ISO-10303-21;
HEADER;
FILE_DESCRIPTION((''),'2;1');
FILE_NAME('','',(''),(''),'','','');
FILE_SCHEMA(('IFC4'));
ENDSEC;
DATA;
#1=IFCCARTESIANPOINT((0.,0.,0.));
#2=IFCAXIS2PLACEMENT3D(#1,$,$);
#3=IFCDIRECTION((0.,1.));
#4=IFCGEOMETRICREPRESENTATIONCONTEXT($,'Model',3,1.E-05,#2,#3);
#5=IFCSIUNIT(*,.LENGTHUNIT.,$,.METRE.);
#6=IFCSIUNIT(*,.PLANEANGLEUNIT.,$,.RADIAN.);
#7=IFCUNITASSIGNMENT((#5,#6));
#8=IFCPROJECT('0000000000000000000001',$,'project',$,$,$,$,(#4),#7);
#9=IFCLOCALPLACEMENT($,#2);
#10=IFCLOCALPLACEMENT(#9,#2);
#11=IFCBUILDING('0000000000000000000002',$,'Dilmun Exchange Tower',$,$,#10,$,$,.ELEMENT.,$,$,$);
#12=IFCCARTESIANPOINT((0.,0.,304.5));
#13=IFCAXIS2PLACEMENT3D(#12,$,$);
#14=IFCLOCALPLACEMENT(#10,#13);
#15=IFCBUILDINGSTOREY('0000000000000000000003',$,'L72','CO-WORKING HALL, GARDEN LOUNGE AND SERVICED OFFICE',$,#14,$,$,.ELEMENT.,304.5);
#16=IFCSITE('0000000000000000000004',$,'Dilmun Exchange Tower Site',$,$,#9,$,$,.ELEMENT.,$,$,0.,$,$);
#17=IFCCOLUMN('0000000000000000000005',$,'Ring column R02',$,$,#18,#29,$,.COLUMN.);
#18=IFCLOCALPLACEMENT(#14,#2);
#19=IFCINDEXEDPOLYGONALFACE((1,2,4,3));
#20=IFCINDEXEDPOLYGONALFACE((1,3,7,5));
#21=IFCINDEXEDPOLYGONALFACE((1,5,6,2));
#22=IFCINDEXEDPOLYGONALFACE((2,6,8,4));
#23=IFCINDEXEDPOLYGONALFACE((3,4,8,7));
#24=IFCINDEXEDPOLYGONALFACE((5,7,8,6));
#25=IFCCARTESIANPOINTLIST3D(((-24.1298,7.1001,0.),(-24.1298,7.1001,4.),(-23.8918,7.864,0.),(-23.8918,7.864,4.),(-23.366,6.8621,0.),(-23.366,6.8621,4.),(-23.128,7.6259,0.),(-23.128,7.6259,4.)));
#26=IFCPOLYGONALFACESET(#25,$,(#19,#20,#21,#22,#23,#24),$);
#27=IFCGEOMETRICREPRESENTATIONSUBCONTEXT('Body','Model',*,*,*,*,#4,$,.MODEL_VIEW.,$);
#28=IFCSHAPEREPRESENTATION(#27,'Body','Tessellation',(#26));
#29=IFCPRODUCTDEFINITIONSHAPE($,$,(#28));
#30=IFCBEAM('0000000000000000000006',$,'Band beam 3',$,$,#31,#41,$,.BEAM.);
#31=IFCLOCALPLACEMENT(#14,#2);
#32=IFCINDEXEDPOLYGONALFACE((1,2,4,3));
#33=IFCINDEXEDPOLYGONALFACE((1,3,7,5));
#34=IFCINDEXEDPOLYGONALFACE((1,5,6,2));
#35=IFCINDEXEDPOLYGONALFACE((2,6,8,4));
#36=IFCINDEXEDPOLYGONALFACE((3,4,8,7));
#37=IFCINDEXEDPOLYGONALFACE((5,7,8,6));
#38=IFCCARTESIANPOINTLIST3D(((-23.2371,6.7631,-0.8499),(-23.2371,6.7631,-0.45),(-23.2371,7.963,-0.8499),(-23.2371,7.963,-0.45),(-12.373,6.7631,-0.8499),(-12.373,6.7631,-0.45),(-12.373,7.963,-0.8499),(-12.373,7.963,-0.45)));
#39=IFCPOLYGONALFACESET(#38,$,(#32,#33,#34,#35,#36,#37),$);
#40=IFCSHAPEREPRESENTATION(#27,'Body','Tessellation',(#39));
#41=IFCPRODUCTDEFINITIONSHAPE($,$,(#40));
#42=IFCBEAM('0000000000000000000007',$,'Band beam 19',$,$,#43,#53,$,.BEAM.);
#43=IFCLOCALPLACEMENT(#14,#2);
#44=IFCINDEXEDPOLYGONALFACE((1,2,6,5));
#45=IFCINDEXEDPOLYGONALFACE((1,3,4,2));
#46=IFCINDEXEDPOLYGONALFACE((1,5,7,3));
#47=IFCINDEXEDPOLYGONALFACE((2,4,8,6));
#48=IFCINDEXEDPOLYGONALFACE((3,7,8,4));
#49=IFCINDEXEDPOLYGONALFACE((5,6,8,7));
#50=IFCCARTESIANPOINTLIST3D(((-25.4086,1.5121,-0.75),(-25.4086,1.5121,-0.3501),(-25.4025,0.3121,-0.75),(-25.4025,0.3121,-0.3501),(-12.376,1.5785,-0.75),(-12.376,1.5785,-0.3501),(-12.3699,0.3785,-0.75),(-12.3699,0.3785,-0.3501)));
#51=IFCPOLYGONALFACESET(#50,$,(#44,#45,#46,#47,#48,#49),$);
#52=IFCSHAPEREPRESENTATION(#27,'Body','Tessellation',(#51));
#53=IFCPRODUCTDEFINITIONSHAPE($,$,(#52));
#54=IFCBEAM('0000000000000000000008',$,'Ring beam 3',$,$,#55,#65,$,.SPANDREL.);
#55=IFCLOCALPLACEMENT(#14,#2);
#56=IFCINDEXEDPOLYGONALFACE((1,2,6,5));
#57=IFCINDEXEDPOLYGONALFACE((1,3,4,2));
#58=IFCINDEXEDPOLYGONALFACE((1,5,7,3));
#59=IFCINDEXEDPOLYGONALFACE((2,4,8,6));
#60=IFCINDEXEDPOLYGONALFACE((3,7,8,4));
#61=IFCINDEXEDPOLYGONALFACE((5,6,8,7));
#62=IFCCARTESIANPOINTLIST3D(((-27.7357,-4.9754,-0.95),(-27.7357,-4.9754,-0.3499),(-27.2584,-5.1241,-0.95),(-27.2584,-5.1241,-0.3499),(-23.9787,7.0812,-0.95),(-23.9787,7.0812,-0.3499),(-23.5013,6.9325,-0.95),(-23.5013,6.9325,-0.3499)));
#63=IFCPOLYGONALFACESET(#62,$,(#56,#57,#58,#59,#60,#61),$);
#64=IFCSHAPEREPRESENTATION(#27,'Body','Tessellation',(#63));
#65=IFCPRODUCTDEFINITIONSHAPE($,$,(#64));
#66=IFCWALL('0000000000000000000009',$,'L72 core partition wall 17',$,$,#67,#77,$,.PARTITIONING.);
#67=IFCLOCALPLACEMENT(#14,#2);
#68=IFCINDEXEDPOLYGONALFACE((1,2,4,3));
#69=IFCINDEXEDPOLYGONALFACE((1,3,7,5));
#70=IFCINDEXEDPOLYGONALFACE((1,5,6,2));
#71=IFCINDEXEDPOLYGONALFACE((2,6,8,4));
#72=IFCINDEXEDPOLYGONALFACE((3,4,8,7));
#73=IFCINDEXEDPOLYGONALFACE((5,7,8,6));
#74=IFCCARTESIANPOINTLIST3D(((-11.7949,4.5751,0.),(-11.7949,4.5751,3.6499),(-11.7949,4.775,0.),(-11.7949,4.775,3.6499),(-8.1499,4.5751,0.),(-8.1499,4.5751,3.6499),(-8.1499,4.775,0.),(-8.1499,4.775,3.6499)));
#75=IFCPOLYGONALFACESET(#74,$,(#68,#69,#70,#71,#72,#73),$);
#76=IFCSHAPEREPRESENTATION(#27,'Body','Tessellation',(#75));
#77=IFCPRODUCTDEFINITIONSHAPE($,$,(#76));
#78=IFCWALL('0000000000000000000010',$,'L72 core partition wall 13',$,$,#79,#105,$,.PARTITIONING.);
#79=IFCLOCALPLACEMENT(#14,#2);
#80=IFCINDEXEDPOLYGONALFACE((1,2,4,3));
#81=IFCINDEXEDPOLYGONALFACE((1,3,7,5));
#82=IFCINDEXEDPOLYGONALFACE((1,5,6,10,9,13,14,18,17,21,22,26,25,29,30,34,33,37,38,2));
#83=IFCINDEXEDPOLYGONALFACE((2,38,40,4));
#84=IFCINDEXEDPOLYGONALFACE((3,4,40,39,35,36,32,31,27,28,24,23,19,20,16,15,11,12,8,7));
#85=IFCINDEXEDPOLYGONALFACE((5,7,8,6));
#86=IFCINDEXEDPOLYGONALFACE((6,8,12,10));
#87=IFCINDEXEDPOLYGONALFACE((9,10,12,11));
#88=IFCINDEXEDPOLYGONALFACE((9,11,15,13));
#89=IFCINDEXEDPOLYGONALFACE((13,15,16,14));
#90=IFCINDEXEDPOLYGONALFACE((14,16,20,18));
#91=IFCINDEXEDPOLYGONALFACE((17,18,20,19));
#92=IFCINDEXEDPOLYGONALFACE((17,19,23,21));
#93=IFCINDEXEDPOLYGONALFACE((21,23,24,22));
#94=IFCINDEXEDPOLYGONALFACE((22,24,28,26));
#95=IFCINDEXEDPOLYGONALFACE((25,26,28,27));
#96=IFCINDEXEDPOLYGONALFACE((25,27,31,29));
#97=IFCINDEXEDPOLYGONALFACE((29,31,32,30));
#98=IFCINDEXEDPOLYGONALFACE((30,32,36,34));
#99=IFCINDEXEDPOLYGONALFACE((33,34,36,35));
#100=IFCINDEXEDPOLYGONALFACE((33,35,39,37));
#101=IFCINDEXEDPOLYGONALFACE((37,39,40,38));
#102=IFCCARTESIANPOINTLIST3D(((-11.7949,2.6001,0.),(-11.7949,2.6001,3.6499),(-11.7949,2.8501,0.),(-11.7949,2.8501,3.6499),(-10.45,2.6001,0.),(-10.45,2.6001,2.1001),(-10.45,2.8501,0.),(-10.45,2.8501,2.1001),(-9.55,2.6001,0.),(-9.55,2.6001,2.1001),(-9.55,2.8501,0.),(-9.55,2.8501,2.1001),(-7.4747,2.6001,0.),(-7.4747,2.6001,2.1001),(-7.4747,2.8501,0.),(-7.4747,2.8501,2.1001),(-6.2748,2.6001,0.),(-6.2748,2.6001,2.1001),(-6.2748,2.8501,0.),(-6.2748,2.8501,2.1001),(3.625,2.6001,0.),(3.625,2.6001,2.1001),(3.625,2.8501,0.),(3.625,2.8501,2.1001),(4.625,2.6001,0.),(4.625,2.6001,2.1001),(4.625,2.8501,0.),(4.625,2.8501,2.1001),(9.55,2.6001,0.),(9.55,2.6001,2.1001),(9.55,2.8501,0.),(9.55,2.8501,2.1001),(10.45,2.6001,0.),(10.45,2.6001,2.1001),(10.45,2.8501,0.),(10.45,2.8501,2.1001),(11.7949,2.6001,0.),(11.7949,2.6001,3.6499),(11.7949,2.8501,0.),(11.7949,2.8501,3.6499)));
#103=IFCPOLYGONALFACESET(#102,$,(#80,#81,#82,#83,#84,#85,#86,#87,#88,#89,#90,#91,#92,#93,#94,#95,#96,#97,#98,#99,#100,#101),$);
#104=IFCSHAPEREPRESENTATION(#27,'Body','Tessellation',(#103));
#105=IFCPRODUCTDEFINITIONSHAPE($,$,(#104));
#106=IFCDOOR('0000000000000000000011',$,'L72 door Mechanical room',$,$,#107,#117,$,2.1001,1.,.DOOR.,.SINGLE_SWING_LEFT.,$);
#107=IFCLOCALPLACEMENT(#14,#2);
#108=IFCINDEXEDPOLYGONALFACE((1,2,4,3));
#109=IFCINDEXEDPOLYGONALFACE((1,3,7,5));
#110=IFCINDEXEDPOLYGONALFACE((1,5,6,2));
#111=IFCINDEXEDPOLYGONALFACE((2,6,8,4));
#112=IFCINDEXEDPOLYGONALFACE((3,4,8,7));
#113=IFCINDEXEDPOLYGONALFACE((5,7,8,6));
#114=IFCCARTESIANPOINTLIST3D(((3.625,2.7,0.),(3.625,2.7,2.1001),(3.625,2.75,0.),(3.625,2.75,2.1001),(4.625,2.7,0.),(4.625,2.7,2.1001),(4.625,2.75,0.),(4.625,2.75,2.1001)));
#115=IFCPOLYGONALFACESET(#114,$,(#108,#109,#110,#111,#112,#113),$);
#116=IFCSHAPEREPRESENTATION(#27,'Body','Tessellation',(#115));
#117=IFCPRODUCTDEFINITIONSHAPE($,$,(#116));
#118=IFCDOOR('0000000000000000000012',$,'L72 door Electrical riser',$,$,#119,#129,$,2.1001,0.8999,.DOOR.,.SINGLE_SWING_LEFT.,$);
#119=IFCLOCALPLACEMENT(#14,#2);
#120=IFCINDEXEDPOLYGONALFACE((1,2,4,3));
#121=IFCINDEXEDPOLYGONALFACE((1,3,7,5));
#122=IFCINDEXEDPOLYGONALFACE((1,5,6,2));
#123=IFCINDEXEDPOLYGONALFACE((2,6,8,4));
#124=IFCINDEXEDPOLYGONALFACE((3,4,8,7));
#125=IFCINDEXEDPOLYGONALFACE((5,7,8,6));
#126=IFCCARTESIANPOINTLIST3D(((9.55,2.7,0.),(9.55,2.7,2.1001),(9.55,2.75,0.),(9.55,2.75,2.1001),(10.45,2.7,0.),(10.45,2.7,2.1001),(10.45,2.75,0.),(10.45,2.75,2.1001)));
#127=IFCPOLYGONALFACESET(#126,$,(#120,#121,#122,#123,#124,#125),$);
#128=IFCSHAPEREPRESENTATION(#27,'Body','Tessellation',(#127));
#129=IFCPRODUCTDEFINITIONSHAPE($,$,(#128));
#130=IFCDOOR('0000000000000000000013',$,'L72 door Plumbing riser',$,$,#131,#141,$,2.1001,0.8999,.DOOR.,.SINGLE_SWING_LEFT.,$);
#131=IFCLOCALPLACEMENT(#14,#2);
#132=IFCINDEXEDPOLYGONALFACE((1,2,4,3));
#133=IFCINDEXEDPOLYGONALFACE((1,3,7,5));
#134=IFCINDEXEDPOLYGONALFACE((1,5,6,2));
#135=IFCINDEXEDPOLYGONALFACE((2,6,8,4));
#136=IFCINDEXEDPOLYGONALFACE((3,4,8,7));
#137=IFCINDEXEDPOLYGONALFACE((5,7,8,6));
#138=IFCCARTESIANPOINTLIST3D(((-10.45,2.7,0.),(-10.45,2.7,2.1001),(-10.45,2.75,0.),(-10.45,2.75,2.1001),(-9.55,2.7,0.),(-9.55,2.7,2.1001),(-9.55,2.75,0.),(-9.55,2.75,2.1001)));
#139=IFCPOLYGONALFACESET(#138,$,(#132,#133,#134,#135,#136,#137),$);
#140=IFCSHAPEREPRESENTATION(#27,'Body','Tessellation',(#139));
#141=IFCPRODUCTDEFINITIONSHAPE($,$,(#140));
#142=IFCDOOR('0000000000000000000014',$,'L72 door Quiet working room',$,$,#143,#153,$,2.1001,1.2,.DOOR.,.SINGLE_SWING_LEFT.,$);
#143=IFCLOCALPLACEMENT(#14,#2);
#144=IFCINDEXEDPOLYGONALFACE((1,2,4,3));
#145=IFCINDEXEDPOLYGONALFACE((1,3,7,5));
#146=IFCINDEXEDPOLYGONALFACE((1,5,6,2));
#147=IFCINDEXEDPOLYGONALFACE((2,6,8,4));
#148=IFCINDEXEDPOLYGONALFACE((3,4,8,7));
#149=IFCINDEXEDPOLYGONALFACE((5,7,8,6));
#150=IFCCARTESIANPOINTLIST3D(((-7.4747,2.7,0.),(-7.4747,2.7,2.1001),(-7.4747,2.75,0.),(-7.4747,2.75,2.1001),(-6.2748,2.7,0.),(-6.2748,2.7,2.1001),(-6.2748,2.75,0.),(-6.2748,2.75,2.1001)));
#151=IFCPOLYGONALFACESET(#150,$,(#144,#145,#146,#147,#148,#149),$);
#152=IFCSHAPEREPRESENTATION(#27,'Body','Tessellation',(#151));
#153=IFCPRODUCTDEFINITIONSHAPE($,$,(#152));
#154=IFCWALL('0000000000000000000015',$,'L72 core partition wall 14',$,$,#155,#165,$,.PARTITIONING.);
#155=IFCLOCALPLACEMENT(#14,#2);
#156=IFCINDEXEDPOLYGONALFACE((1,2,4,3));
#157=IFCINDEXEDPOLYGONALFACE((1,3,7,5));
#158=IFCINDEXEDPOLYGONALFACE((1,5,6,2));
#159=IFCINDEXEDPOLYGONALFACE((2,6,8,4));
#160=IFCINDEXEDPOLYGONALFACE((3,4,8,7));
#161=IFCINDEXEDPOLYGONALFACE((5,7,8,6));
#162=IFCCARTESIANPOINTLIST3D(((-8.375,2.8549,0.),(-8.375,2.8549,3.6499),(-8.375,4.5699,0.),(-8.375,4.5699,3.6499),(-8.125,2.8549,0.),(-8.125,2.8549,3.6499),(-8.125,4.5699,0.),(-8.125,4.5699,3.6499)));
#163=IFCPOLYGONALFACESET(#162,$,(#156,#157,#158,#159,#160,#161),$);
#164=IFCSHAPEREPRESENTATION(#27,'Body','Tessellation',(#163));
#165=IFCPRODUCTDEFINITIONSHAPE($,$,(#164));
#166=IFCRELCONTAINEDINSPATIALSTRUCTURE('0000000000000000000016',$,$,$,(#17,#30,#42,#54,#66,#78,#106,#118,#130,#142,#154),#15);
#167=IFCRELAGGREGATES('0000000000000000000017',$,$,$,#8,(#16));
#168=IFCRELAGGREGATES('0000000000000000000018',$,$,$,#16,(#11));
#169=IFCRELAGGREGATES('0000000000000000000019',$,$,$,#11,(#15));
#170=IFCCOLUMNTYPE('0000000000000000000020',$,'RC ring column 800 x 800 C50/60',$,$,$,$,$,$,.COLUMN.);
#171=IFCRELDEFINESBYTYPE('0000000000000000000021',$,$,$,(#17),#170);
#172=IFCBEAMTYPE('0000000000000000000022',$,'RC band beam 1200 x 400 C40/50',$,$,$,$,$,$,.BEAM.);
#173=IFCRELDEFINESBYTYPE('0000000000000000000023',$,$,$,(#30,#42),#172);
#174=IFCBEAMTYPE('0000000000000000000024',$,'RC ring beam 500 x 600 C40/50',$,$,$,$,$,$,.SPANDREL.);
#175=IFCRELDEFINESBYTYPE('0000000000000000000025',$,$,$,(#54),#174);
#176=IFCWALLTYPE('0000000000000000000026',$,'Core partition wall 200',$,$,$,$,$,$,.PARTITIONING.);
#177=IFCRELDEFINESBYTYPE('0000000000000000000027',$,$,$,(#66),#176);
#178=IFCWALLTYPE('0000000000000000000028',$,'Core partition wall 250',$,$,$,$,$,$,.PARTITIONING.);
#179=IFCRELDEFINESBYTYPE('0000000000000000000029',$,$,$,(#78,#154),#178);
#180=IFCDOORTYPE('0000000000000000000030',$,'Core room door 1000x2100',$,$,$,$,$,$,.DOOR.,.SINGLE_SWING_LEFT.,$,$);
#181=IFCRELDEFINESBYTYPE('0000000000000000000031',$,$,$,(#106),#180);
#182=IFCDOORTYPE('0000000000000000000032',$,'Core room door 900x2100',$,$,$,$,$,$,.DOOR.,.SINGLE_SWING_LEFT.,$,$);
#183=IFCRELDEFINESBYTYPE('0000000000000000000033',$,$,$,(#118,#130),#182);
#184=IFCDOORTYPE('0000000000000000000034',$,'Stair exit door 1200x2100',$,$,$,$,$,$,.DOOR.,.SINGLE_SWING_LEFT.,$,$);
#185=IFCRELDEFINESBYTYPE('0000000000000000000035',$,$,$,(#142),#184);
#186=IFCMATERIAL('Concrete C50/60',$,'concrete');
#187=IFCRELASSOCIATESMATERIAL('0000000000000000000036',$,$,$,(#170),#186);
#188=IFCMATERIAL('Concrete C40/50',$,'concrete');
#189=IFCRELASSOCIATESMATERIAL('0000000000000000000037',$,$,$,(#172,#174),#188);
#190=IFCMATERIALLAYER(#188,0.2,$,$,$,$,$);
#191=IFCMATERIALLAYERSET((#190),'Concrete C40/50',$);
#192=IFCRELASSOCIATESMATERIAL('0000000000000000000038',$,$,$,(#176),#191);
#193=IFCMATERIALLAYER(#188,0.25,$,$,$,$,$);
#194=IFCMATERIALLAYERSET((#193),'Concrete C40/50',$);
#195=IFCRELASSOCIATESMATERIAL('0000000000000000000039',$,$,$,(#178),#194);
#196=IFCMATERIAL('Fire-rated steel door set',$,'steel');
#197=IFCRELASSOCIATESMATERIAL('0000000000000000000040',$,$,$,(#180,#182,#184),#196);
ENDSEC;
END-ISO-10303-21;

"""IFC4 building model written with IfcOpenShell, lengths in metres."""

from ifc_helpers import new_model, si_unit, direction, frame, frame_2d, origin, origin_2d, place, context, subcontext, project, spatial, rectangle, extrude, material, layer, layer_set, material_profile, profile_set, type_object, element, fill, save


model = new_model("IFC4")

# Units and contexts
model_context = context("Model", 3, precision=1e-05, world=origin(), true_north=direction((0.0, 1.0)))
body_context = subcontext(model_context, "Body", "Model", "MODEL_VIEW")
ifc_project = project(units=[si_unit("LENGTHUNIT", "METRE"), si_unit("PLANEANGLEUNIT", "RADIAN")], contexts=[model_context])

# Site, building, storey
site_placement = place(None, origin())
site = spatial("IfcSite", under=ifc_project, at=site_placement, Name="Dilmun Exchange Tower Site", CompositionType="ELEMENT", RefElevation=0.0)
building_placement = place(site_placement, origin())
building = spatial("IfcBuilding", under=site, at=building_placement, Name="Dilmun Exchange Tower", CompositionType="ELEMENT")
storey_placement = place(building_placement, frame((0.0, 0.0, 304.5)))
storey = spatial("IfcBuildingStorey", under=building, at=storey_placement, Name="L72", Description="CO-WORKING HALL, GARDEN LOUNGE AND SERVICED OFFICE", CompositionType="ELEMENT", Elevation=304.5)

# Column
ifc_material_1 = material(Name="Concrete C50/60", Category="concrete")
ifc_material_profile_1 = material_profile(ifc_material_1, rectangle(XDim=0.8, YDim=0.8, at=origin_2d()), Name="800 x 800")
ifc_profile_set_1 = profile_set([ifc_material_profile_1], Name="Concrete C50/60")
column_type = type_object("IfcColumnType", Name="RC ring column 800 x 800 C50/60", PredefinedType="COLUMN", material=ifc_profile_set_1)
column_placement = place(storey_placement, frame((-23.6289, 7.363, 0.0), z_axis=(0.0, 0.0, 1.0), x_axis=(0.297503, 0.954721, 0.0)))
element("IfcColumn", 1, at=column_placement, inside=storey, type_object=column_type, Name="Ring column R02", PredefinedType="COLUMN", context=body_context, shape_type="SweptSolid", body=[
    extrude(rectangle(XDim=0.8, YDim=0.8, at=origin_2d()), origin(), (0.0, 0.0, 1.0), 4.0),
])

# Beams
ifc_material_2 = material(Name="Concrete C40/50", Category="concrete")
ifc_material_profile_2 = material_profile(ifc_material_2, rectangle(XDim=1.2, YDim=0.3999, at=origin_2d()), Name="1200 x 400")
ifc_profile_set_2 = profile_set([ifc_material_profile_2], Name="Concrete C40/50")
beam_type_1 = type_object("IfcBeamType", Name="RC band beam 1200 x 400 C40/50", PredefinedType="BEAM", material=ifc_profile_set_2)
beam_1_placement = place(storey_placement, frame((-23.2371, 7.363, -0.6499), z_axis=(1.0, 0.0, 0.0), x_axis=(0.0, 1.0, 0.0)))
element("IfcBeam", 2, at=beam_1_placement, inside=storey, type_object=beam_type_1, Name="Band beam 3", PredefinedType="BEAM", context=body_context, shape_type="SweptSolid", body=[
    extrude(rectangle(XDim=1.2, YDim=0.3999, at=origin_2d()), origin(), (0.0, 0.0, 1.0), 10.864),
])
beam_2_placement = place(storey_placement, frame((-25.4055, 0.9121, -0.55), z_axis=(0.999987, 0.005095, 0.0), x_axis=(-0.005095, 0.999987, 0.0)))
element("IfcBeam", 3, at=beam_2_placement, inside=storey, type_object=beam_type_1, Name="Band beam 19", PredefinedType="BEAM", context=body_context, shape_type="SweptSolid", body=[
    extrude(rectangle(XDim=1.2, YDim=0.3999, at=origin_2d()), origin(), (0.0, 0.0, 1.0), 13.0327),
])
ifc_material_profile_3 = material_profile(ifc_material_2, rectangle(XDim=0.5, YDim=0.6001, at=origin_2d()), Name="500 x 600")
ifc_profile_set_3 = profile_set([ifc_material_profile_3], Name="Concrete C40/50")
beam_type_2 = type_object("IfcBeamType", Name="RC ring beam 500 x 600 C40/50", PredefinedType="SPANDREL", material=ifc_profile_set_3)
beam_3_placement = place(storey_placement, frame((-23.74, 7.0068, -0.6499), z_axis=(-0.297509, -0.954719, 0.0), x_axis=(0.954719, -0.297509, 0.0)))
element("IfcBeam", 4, at=beam_3_placement, inside=storey, type_object=beam_type_2, Name="Ring beam 3", PredefinedType="SPANDREL", context=body_context, shape_type="SweptSolid", body=[
    extrude(rectangle(XDim=0.5, YDim=0.6001, at=origin_2d()), origin(), (0.0, 0.0, 1.0), 12.6284),
])

# Wall
ifc_layer_1 = layer(ifc_material_2, 0.2)
ifc_layer_set_1 = layer_set([ifc_layer_1], Name="Concrete C40/50")
wall_type_1 = type_object("IfcWallType", Name="Core partition wall 200", PredefinedType="PARTITIONING", material=ifc_layer_set_1)
wall_1_placement = place(storey_placement, frame((-11.7949, 4.675, 0.0), z_axis=(0.0, 0.0, 1.0), x_axis=(1.0, 0.0, 0.0)))
element("IfcWall", 5, at=wall_1_placement, inside=storey, type_object=wall_type_1, Name="L72 core partition wall 17", PredefinedType="PARTITIONING", context=body_context, shape_type="SweptSolid", body=[
    extrude(rectangle(XDim=3.645, YDim=0.2, at=frame_2d((1.8225, 0.0))), origin(), (0.0, 0.0, 1.0), 3.6499),
])

# Wall, openings, doors
ifc_layer_2 = layer(ifc_material_2, 0.25)
ifc_layer_set_2 = layer_set([ifc_layer_2], Name="Concrete C40/50")
wall_type_2 = type_object("IfcWallType", Name="Core partition wall 250", PredefinedType="PARTITIONING", material=ifc_layer_set_2)
wall_2_placement = place(storey_placement, frame((-11.7949, 2.7251, 0.0), z_axis=(0.0, 0.0, 1.0), x_axis=(1.0, 0.0, 0.0)))
wall_2 = element("IfcWall", 6, at=wall_2_placement, inside=storey, type_object=wall_type_2, Name="L72 core partition wall 13", PredefinedType="PARTITIONING", context=body_context, shape_type="SweptSolid", body=[
    extrude(rectangle(XDim=23.5898, YDim=0.25, at=frame_2d((11.7949, 0.0))), origin(), (0.0, 0.0, 1.0), 3.6499),
])
opening_1_placement = place(wall_2_placement, frame((21.345, 0.0, 0.0)))
opening_1 = element("IfcOpeningElement", 7, at=opening_1_placement, cuts=wall_2, PredefinedType="OPENING", context=body_context, shape_type="SweptSolid", body=[
    extrude(rectangle(XDim=0.8999, YDim=2.1001, at=frame_2d((0.45, 1.05))), frame((0.0, 0.135, 0.0), z_axis=(0.0, -1.0, 0.0), x_axis=(1.0, 0.0, 0.0)), (0.0, 0.0, 1.0), 0.27),
])
opening_2_placement = place(wall_2_placement, frame((1.345, 0.0, 0.0)))
opening_2 = element("IfcOpeningElement", 8, at=opening_2_placement, cuts=wall_2, PredefinedType="OPENING", context=body_context, shape_type="SweptSolid", body=[
    extrude(rectangle(XDim=0.8999, YDim=2.1001, at=frame_2d((0.45, 1.05))), frame((0.0, 0.135, 0.0), z_axis=(0.0, -1.0, 0.0), x_axis=(1.0, 0.0, 0.0)), (0.0, 0.0, 1.0), 0.27),
])
opening_3_placement = place(wall_2_placement, frame((4.3201, 0.0, 0.0)))
opening_3 = element("IfcOpeningElement", 9, at=opening_3_placement, cuts=wall_2, PredefinedType="OPENING", context=body_context, shape_type="SweptSolid", body=[
    extrude(rectangle(XDim=1.2, YDim=2.1001, at=frame_2d((0.6001, 1.05))), frame((0.0, 0.135, 0.0), z_axis=(0.0, -1.0, 0.0), x_axis=(1.0, 0.0, 0.0)), (0.0, 0.0, 1.0), 0.27),
])
opening_4_placement = place(wall_2_placement, frame((15.4199, 0.0, 0.0)))
opening_4 = element("IfcOpeningElement", 10, at=opening_4_placement, cuts=wall_2, PredefinedType="OPENING", context=body_context, shape_type="SweptSolid", body=[
    extrude(rectangle(XDim=1.0, YDim=2.1001, at=frame_2d((0.5, 1.05))), frame((0.0, 0.135, 0.0), z_axis=(0.0, -1.0, 0.0), x_axis=(1.0, 0.0, 0.0)), (0.0, 0.0, 1.0), 0.27),
])
ifc_material_3 = material(Name="Fire-rated steel door set", Category="steel")
door_type_1 = type_object("IfcDoorType", Name="Core room door 1000x2100", OperationType="SINGLE_SWING_LEFT", PredefinedType="DOOR", material=ifc_material_3)
door_1_placement = place(opening_4_placement, origin())
door_1 = element("IfcDoor", 11, at=door_1_placement, inside=storey, type_object=door_type_1, Name="L72 door Mechanical room", OperationType="SINGLE_SWING_LEFT", OverallHeight=2.1001, OverallWidth=1.0, PredefinedType="DOOR", context=body_context, shape_type="SweptSolid", body=[
    extrude(rectangle(XDim=1.0, YDim=2.1001, at=frame_2d((0.5, 1.05))), frame((0.0, 0.0249, 0.0), z_axis=(0.0, -1.0, 0.0), x_axis=(1.0, 0.0, 0.0)), (0.0, 0.0, 1.0), 0.05),
])
fill(opening_4, door_1)
door_type_2 = type_object("IfcDoorType", Name="Core room door 900x2100", OperationType="SINGLE_SWING_LEFT", PredefinedType="DOOR", material=ifc_material_3)
door_2_placement = place(opening_1_placement, origin())
door_2 = element("IfcDoor", 12, at=door_2_placement, inside=storey, type_object=door_type_2, Name="L72 door Electrical riser", OperationType="SINGLE_SWING_LEFT", OverallHeight=2.1001, OverallWidth=0.8999, PredefinedType="DOOR", context=body_context, shape_type="SweptSolid", body=[
    extrude(rectangle(XDim=0.8999, YDim=2.1001, at=frame_2d((0.45, 1.05))), frame((0.0, 0.0249, 0.0), z_axis=(0.0, -1.0, 0.0), x_axis=(1.0, 0.0, 0.0)), (0.0, 0.0, 1.0), 0.05),
])
fill(opening_1, door_2)
door_3_placement = place(opening_2_placement, origin())
door_3 = element("IfcDoor", 13, at=door_3_placement, inside=storey, type_object=door_type_2, Name="L72 door Plumbing riser", OperationType="SINGLE_SWING_LEFT", OverallHeight=2.1001, OverallWidth=0.8999, PredefinedType="DOOR", context=body_context, shape_type="SweptSolid", body=[
    extrude(rectangle(XDim=0.8999, YDim=2.1001, at=frame_2d((0.45, 1.05))), frame((0.0, 0.0249, 0.0), z_axis=(0.0, -1.0, 0.0), x_axis=(1.0, 0.0, 0.0)), (0.0, 0.0, 1.0), 0.05),
])
fill(opening_2, door_3)
door_type_3 = type_object("IfcDoorType", Name="Stair exit door 1200x2100", OperationType="SINGLE_SWING_LEFT", PredefinedType="DOOR", material=ifc_material_3)
door_4_placement = place(opening_3_placement, origin())
door_4 = element("IfcDoor", 14, at=door_4_placement, inside=storey, type_object=door_type_3, Name="L72 door Quiet working room", OperationType="SINGLE_SWING_LEFT", OverallHeight=2.1001, OverallWidth=1.2, PredefinedType="DOOR", context=body_context, shape_type="SweptSolid", body=[
    extrude(rectangle(XDim=1.2, YDim=2.1001, at=frame_2d((0.6001, 1.05))), frame((0.0, 0.0249, 0.0), z_axis=(0.0, -1.0, 0.0), x_axis=(1.0, 0.0, 0.0)), (0.0, 0.0, 1.0), 0.05),
])
fill(opening_3, door_4)

# Wall
wall_3_placement = place(storey_placement, frame((-8.25, 2.855, 0.0), z_axis=(0.0, 0.0, 1.0), x_axis=(0.0, 1.0, 0.0)))
element("IfcWall", 15, at=wall_3_placement, inside=storey, type_object=wall_type_2, Name="L72 core partition wall 14", PredefinedType="PARTITIONING", context=body_context, shape_type="SweptSolid", body=[
    extrude(rectangle(XDim=1.7151, YDim=0.25, at=frame_2d((0.8574, 0.0))), origin(), (0.0, 0.0, 1.0), 3.6499),
])

save(model, "model.ifc")
